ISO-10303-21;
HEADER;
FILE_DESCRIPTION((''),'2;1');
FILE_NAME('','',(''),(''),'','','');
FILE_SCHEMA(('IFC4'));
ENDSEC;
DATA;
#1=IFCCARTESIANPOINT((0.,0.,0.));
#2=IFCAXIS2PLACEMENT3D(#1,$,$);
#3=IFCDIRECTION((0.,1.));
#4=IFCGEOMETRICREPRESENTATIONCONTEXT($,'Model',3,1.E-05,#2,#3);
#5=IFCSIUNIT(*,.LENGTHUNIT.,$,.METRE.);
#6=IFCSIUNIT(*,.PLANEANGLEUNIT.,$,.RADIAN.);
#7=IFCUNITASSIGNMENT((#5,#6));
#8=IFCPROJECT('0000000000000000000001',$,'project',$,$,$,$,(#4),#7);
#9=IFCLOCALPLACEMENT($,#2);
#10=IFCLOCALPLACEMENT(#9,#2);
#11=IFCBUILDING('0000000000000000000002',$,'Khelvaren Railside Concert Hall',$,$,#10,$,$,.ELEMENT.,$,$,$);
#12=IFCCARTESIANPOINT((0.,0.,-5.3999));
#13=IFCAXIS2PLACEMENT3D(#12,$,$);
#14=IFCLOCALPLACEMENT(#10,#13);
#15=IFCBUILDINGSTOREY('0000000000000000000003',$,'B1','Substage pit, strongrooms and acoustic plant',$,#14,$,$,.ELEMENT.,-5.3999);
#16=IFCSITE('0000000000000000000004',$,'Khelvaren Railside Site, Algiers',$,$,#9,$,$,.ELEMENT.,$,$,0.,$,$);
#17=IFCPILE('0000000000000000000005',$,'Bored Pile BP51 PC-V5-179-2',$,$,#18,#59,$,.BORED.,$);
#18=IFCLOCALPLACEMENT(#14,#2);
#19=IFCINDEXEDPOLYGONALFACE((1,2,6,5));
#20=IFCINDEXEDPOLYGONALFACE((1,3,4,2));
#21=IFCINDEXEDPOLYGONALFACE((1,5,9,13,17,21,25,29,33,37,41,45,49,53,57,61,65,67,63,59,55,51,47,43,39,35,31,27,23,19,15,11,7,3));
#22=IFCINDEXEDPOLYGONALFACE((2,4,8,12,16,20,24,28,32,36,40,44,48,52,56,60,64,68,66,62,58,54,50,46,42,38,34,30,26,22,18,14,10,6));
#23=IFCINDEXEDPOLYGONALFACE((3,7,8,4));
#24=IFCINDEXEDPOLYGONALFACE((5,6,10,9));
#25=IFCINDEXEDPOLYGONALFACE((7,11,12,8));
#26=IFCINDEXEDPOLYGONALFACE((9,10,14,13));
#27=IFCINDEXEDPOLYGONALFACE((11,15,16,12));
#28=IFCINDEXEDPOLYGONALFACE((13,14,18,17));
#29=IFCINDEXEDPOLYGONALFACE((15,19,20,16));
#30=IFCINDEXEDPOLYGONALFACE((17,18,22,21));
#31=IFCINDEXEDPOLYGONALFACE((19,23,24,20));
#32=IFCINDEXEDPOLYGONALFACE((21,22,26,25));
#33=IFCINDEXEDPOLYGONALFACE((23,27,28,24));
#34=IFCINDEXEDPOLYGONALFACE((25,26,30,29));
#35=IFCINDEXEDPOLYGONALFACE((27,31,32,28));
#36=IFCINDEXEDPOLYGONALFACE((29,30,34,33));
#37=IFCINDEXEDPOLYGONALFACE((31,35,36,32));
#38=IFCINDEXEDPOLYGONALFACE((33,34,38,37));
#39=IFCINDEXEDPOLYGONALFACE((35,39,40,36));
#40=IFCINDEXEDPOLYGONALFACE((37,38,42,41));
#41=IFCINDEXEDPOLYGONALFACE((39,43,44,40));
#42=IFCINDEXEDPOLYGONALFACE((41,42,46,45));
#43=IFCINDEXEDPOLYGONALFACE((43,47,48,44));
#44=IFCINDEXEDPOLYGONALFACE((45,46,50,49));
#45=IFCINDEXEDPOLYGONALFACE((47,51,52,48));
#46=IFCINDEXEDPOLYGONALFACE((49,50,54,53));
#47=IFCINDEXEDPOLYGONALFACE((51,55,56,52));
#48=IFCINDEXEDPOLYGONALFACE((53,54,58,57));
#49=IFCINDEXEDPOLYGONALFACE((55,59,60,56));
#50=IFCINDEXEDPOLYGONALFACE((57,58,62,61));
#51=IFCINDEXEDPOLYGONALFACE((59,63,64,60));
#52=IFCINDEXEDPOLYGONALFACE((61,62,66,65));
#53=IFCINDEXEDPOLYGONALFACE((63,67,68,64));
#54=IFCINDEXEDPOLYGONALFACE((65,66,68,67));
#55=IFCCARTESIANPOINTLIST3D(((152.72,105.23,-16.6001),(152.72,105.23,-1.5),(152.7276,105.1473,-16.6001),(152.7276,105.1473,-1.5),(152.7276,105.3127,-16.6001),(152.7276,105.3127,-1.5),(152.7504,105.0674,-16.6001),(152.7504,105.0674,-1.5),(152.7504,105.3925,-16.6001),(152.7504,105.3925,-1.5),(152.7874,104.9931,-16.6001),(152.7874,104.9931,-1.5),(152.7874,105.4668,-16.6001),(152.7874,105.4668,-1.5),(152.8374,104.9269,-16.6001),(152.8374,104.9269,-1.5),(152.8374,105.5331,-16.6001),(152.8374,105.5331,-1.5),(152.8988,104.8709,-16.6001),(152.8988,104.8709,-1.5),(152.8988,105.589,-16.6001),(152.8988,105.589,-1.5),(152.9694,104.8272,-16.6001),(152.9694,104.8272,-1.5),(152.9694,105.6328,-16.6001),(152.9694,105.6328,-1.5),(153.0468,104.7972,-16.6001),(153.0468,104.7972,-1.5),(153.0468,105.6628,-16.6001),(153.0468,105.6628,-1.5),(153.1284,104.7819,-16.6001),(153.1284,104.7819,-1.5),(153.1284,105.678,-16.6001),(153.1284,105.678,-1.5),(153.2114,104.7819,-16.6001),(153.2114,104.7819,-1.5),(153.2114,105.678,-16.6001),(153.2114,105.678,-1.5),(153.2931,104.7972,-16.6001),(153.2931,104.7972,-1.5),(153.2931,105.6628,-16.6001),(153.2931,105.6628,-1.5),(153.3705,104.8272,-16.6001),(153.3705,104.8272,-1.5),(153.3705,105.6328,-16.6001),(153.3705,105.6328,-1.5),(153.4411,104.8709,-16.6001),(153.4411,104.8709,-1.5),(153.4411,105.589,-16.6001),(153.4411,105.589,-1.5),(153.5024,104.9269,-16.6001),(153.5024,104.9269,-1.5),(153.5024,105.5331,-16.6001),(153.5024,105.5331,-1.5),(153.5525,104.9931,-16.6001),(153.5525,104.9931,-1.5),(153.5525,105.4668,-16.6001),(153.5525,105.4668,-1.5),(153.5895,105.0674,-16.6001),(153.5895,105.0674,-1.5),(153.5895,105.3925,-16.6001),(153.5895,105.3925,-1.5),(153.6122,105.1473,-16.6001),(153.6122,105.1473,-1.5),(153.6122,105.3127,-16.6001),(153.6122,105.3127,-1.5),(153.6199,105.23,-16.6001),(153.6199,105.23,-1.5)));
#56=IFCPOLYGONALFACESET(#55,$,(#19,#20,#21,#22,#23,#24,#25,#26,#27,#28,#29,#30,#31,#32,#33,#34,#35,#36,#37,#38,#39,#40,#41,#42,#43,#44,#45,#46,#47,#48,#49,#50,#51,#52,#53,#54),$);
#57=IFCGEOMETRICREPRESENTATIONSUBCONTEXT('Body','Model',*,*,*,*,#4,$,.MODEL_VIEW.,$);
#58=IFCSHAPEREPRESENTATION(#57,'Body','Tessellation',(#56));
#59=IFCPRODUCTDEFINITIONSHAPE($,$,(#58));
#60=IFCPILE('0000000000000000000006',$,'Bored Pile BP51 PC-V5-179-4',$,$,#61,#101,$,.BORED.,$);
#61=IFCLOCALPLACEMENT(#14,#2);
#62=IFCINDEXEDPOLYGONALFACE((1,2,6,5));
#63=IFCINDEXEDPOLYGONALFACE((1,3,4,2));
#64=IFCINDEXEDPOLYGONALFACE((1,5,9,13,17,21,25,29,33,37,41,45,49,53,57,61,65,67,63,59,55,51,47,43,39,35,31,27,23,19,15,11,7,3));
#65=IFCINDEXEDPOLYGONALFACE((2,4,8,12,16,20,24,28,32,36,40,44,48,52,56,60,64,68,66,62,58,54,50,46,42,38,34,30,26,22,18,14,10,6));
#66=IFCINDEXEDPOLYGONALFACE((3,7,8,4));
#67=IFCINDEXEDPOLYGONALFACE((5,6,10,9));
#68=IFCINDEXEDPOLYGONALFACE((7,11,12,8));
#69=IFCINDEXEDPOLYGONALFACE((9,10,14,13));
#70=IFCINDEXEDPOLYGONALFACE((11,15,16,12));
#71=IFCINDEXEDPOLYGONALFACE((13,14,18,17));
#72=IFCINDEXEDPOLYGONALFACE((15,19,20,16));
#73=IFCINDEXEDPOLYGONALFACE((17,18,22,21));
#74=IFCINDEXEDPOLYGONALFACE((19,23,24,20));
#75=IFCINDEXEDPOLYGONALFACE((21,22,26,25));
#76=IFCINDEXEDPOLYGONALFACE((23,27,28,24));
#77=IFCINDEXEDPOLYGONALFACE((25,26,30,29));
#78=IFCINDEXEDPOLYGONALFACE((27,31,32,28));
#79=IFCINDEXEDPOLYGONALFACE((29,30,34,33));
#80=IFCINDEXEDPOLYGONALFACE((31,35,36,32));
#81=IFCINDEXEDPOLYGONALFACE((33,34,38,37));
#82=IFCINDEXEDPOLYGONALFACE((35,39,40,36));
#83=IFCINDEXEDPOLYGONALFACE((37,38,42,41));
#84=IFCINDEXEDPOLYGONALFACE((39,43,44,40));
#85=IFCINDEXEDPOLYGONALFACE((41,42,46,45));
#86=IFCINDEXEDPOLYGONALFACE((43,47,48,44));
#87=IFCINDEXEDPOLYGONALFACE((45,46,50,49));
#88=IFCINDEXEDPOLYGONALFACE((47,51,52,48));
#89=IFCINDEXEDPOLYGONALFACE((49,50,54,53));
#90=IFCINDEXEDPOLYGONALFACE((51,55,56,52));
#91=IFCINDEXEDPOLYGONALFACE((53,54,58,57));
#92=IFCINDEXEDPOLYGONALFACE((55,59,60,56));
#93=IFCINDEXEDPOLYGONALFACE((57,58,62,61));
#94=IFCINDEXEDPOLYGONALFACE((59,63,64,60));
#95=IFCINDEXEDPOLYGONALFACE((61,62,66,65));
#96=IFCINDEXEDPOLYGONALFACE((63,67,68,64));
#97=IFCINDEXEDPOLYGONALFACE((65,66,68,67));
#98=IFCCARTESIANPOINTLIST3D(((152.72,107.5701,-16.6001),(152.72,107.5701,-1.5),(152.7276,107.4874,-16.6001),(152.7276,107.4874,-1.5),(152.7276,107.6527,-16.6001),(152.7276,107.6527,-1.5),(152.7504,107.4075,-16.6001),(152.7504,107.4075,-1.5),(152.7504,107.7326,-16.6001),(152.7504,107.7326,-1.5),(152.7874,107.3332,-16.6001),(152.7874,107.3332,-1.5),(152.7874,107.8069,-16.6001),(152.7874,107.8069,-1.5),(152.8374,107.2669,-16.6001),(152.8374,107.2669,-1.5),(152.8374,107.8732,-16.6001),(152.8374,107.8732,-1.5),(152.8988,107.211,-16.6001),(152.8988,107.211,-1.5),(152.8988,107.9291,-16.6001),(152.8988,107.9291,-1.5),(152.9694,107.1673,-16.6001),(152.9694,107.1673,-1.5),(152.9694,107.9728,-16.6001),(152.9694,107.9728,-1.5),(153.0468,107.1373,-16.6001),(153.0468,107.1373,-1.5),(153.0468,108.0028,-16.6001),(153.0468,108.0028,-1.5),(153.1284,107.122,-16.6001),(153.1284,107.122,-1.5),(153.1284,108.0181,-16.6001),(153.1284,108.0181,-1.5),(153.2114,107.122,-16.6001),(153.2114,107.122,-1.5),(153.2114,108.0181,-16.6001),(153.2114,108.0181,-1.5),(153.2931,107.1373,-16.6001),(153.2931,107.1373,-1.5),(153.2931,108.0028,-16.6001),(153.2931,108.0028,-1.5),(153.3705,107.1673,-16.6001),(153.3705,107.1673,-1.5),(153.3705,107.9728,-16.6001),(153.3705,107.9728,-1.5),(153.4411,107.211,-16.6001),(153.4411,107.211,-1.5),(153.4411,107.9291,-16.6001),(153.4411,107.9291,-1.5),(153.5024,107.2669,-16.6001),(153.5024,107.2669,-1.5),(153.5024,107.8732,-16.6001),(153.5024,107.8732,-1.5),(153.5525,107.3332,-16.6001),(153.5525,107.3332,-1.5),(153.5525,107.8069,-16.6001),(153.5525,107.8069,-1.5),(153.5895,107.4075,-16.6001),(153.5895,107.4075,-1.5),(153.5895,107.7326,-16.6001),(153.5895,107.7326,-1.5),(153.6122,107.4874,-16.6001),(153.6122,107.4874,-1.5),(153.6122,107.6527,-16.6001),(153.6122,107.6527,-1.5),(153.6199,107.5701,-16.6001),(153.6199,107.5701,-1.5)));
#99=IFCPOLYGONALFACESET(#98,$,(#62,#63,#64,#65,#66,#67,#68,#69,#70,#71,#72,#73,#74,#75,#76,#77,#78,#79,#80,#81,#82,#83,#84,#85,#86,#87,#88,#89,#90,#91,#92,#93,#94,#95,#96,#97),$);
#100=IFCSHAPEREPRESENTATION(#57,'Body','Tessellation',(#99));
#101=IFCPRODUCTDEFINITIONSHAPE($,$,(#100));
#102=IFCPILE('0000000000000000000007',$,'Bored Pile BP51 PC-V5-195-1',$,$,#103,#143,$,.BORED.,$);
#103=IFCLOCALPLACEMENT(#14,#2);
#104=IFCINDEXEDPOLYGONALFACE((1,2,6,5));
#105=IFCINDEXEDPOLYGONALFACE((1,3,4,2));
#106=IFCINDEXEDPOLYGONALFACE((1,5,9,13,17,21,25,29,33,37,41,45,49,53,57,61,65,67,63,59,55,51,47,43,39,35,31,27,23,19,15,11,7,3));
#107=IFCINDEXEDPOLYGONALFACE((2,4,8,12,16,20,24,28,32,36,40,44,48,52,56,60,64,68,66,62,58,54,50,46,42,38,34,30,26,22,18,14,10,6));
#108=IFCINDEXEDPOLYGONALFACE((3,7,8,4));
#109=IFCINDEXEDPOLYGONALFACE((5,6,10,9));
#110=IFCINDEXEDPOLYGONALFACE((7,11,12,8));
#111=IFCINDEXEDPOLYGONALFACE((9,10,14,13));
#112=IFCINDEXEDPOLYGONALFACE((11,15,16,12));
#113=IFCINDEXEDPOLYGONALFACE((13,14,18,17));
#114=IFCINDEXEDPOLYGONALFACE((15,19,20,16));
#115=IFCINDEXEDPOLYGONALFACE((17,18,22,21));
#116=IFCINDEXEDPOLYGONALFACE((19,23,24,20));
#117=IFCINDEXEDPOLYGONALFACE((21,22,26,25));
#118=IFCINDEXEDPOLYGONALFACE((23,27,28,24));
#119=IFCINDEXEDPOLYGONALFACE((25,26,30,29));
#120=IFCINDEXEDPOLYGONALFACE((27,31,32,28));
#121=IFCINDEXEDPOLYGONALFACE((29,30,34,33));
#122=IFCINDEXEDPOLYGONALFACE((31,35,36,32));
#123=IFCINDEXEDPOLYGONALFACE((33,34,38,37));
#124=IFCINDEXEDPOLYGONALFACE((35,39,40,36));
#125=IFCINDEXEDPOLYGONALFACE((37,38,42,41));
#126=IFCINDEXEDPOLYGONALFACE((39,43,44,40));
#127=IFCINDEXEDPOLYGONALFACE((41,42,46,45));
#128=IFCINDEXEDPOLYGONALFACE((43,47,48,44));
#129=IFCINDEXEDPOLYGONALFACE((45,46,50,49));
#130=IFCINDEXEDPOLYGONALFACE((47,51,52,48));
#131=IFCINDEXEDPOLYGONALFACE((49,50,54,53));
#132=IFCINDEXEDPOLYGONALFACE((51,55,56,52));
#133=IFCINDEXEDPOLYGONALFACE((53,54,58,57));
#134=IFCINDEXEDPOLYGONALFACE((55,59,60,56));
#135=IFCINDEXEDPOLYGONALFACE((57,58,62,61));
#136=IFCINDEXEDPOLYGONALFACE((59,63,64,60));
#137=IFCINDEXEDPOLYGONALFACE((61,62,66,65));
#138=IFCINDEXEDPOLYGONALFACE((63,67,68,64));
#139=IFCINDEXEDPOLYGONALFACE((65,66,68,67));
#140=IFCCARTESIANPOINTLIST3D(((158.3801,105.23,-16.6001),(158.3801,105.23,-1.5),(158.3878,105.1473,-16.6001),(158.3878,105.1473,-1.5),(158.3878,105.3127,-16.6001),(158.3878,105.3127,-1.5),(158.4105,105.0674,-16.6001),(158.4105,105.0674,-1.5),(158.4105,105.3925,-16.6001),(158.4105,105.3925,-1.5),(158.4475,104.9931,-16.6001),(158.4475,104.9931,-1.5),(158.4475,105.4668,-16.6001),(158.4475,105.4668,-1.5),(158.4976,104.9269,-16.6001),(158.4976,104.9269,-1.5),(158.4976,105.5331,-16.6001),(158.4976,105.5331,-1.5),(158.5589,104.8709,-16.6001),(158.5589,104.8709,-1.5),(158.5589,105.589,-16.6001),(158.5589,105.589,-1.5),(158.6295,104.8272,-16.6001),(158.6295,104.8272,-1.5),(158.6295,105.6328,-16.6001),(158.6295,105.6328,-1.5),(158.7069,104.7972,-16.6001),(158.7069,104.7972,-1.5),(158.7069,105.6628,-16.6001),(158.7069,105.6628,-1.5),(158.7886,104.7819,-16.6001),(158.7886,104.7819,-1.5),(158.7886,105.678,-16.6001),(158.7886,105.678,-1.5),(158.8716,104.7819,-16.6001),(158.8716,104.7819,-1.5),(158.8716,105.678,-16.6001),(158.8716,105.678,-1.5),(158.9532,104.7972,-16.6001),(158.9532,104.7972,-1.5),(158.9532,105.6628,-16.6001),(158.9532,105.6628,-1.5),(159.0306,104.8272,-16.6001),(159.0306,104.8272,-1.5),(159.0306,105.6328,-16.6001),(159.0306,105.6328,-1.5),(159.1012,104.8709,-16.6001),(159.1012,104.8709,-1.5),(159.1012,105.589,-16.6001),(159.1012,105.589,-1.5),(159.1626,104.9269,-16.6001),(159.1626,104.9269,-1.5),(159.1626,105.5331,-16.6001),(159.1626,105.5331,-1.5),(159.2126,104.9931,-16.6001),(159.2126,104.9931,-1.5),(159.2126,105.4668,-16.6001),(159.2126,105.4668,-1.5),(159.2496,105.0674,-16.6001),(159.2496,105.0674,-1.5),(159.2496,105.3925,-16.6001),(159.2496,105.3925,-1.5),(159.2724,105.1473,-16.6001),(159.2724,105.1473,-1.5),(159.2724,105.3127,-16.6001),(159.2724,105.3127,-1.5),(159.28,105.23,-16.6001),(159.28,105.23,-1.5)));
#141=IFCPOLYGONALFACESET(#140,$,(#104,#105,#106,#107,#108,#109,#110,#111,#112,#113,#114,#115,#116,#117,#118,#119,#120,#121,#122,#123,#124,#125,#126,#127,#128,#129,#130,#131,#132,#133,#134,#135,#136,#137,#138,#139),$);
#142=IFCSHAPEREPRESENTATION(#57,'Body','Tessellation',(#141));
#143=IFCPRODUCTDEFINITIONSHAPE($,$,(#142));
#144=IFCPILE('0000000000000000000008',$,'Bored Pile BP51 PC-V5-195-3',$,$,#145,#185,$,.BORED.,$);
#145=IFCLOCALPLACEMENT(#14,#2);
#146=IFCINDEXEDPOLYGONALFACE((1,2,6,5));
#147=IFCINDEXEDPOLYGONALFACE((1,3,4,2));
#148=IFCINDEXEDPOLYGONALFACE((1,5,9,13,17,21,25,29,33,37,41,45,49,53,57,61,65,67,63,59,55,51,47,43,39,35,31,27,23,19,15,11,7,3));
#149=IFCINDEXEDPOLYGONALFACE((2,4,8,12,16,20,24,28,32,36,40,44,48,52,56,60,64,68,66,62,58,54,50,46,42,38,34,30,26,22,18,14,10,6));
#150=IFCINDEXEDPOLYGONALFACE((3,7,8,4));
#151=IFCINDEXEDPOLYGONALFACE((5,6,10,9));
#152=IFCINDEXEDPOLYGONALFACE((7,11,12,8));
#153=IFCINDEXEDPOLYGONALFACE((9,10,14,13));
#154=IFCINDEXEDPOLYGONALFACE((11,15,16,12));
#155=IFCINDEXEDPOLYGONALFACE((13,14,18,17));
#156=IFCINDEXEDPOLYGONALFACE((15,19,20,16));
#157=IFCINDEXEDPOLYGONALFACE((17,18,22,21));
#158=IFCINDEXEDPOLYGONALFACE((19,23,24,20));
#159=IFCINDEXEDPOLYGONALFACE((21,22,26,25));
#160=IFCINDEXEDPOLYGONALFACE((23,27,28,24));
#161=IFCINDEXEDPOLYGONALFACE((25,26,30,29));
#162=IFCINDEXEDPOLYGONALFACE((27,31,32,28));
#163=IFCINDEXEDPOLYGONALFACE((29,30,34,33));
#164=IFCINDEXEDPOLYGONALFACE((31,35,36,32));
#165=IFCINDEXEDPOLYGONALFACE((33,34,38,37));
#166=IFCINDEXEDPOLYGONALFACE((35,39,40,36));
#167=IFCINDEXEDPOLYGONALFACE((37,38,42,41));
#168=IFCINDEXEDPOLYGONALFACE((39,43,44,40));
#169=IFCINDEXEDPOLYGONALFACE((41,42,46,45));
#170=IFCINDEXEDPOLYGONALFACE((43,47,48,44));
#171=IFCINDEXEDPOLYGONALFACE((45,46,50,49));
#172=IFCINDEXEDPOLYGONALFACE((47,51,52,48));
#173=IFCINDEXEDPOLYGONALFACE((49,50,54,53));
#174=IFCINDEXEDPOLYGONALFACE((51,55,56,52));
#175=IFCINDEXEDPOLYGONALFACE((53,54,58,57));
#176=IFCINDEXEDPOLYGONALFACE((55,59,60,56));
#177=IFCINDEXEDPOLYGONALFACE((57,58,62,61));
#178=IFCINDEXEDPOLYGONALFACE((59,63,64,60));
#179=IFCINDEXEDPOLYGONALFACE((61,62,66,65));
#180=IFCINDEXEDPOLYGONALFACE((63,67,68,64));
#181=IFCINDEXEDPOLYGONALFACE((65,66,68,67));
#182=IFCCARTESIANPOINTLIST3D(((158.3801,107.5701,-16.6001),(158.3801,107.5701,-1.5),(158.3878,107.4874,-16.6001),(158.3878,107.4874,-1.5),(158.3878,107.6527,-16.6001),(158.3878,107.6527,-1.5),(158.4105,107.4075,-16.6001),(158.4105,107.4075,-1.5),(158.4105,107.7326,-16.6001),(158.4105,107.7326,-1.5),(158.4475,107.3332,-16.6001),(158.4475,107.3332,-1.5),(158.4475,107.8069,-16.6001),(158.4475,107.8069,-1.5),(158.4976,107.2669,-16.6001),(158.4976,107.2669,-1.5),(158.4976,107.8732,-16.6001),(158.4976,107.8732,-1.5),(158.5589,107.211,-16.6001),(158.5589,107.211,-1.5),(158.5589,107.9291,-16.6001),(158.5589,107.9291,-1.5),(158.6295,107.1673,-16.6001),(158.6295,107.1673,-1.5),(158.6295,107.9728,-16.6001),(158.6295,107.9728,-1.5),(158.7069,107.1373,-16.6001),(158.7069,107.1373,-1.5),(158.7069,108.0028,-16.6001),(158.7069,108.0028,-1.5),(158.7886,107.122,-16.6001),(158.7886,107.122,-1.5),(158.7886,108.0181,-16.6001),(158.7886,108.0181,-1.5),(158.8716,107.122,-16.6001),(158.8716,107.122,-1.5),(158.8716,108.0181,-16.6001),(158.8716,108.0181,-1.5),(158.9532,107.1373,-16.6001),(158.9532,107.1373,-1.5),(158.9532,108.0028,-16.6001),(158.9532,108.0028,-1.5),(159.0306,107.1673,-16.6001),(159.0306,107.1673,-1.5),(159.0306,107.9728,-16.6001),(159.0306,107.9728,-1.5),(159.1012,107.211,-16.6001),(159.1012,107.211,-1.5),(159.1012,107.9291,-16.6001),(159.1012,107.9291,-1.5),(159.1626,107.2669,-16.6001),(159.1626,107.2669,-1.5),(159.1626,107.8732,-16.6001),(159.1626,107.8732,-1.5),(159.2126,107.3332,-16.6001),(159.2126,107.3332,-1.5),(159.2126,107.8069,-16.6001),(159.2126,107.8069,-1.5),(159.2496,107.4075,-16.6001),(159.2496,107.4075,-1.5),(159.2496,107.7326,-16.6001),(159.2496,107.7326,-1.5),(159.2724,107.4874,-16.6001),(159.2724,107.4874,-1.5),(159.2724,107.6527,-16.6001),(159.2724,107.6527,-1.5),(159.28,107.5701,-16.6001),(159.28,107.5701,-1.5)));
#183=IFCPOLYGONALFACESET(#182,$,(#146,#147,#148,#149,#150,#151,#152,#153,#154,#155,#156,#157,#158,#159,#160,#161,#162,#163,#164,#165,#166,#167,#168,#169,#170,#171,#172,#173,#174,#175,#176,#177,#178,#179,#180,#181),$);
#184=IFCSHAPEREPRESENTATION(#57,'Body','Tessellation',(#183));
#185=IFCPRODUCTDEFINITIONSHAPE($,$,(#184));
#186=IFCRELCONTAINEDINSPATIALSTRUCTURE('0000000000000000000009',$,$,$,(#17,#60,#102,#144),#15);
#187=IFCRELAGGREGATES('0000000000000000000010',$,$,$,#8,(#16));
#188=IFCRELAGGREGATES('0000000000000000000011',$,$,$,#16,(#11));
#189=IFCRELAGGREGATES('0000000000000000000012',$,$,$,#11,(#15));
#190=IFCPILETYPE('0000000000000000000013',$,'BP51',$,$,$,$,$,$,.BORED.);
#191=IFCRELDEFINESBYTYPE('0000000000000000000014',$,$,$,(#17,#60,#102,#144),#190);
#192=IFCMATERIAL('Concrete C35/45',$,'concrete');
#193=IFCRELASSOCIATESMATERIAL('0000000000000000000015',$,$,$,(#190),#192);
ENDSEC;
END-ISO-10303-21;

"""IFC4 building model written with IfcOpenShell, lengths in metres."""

from ifc_helpers import new_model, si_unit, direction, frame, origin, origin_2d, place, context, subcontext, project, spatial, circle, extrude, material, material_profile, profile_set, type_object, element, save


model = new_model("IFC4")

# Units and contexts
model_context = context("Model", 3, precision=1e-05, world=origin(), true_north=direction((0.0, 1.0)))
body_context = subcontext(model_context, "Body", "Model", "MODEL_VIEW")
ifc_project = project(units=[si_unit("LENGTHUNIT", "METRE"), si_unit("PLANEANGLEUNIT", "RADIAN")], contexts=[model_context])

# Site, building, storey
site_placement = place(None, origin())
site = spatial("IfcSite", under=ifc_project, at=site_placement, Name="Khelvaren Railside Site, Algiers", CompositionType="ELEMENT", RefElevation=0.0)
building_placement = place(site_placement, origin())
building = spatial("IfcBuilding", under=site, at=building_placement, Name="Khelvaren Railside Concert Hall", CompositionType="ELEMENT")
storey_placement = place(building_placement, frame((0.0, 0.0, -5.3999)))
storey = spatial("IfcBuildingStorey", under=building, at=storey_placement, Name="B1", Description="Substage pit, strongrooms and acoustic plant", CompositionType="ELEMENT", Elevation=-5.3999)

# Piles
ifc_material_1 = material(Name="Concrete C35/45", Category="concrete")
ifc_material_profile_1 = material_profile(ifc_material_1, circle(Radius=0.45, at=origin_2d()), Name="BP D900")
ifc_profile_set_1 = profile_set([ifc_material_profile_1], Name="Concrete C35/45")
pile_type_1 = type_object("IfcPileType", Name="BP51", PredefinedType="BORED", material=ifc_profile_set_1)
for number, where, z_axis, x_axis, name in (
    (1, (153.1699, 105.23, -1.5), (0.0, 0.0, -1.0), (1.0, 0.0, 0.0), "Bored Pile BP51 PC-V5-179-2"),
    (2, (153.1699, 107.5701, -1.5), (0.0, 0.0, -1.0), (1.0, 0.0, 0.0), "Bored Pile BP51 PC-V5-179-4"),
    (3, (158.8301, 105.23, -1.5), (0.0, 0.0, -1.0), (1.0, 0.0, 0.0), "Bored Pile BP51 PC-V5-195-1"),
    (4, (158.8301, 107.5701, -1.5), (0.0, 0.0, -1.0), (1.0, 0.0, 0.0), "Bored Pile BP51 PC-V5-195-3"),
):
    element("IfcPile", number, at=place(storey_placement, frame(where, z_axis=z_axis, x_axis=x_axis)), inside=storey, type_object=pile_type_1, Name=name, PredefinedType="BORED", context=body_context, shape_type="SweptSolid", body=[
        extrude(circle(Radius=0.45, at=origin_2d()), origin(), (0.0, 0.0, 1.0), 15.1001),
    ])

save(model, "model.ifc")
